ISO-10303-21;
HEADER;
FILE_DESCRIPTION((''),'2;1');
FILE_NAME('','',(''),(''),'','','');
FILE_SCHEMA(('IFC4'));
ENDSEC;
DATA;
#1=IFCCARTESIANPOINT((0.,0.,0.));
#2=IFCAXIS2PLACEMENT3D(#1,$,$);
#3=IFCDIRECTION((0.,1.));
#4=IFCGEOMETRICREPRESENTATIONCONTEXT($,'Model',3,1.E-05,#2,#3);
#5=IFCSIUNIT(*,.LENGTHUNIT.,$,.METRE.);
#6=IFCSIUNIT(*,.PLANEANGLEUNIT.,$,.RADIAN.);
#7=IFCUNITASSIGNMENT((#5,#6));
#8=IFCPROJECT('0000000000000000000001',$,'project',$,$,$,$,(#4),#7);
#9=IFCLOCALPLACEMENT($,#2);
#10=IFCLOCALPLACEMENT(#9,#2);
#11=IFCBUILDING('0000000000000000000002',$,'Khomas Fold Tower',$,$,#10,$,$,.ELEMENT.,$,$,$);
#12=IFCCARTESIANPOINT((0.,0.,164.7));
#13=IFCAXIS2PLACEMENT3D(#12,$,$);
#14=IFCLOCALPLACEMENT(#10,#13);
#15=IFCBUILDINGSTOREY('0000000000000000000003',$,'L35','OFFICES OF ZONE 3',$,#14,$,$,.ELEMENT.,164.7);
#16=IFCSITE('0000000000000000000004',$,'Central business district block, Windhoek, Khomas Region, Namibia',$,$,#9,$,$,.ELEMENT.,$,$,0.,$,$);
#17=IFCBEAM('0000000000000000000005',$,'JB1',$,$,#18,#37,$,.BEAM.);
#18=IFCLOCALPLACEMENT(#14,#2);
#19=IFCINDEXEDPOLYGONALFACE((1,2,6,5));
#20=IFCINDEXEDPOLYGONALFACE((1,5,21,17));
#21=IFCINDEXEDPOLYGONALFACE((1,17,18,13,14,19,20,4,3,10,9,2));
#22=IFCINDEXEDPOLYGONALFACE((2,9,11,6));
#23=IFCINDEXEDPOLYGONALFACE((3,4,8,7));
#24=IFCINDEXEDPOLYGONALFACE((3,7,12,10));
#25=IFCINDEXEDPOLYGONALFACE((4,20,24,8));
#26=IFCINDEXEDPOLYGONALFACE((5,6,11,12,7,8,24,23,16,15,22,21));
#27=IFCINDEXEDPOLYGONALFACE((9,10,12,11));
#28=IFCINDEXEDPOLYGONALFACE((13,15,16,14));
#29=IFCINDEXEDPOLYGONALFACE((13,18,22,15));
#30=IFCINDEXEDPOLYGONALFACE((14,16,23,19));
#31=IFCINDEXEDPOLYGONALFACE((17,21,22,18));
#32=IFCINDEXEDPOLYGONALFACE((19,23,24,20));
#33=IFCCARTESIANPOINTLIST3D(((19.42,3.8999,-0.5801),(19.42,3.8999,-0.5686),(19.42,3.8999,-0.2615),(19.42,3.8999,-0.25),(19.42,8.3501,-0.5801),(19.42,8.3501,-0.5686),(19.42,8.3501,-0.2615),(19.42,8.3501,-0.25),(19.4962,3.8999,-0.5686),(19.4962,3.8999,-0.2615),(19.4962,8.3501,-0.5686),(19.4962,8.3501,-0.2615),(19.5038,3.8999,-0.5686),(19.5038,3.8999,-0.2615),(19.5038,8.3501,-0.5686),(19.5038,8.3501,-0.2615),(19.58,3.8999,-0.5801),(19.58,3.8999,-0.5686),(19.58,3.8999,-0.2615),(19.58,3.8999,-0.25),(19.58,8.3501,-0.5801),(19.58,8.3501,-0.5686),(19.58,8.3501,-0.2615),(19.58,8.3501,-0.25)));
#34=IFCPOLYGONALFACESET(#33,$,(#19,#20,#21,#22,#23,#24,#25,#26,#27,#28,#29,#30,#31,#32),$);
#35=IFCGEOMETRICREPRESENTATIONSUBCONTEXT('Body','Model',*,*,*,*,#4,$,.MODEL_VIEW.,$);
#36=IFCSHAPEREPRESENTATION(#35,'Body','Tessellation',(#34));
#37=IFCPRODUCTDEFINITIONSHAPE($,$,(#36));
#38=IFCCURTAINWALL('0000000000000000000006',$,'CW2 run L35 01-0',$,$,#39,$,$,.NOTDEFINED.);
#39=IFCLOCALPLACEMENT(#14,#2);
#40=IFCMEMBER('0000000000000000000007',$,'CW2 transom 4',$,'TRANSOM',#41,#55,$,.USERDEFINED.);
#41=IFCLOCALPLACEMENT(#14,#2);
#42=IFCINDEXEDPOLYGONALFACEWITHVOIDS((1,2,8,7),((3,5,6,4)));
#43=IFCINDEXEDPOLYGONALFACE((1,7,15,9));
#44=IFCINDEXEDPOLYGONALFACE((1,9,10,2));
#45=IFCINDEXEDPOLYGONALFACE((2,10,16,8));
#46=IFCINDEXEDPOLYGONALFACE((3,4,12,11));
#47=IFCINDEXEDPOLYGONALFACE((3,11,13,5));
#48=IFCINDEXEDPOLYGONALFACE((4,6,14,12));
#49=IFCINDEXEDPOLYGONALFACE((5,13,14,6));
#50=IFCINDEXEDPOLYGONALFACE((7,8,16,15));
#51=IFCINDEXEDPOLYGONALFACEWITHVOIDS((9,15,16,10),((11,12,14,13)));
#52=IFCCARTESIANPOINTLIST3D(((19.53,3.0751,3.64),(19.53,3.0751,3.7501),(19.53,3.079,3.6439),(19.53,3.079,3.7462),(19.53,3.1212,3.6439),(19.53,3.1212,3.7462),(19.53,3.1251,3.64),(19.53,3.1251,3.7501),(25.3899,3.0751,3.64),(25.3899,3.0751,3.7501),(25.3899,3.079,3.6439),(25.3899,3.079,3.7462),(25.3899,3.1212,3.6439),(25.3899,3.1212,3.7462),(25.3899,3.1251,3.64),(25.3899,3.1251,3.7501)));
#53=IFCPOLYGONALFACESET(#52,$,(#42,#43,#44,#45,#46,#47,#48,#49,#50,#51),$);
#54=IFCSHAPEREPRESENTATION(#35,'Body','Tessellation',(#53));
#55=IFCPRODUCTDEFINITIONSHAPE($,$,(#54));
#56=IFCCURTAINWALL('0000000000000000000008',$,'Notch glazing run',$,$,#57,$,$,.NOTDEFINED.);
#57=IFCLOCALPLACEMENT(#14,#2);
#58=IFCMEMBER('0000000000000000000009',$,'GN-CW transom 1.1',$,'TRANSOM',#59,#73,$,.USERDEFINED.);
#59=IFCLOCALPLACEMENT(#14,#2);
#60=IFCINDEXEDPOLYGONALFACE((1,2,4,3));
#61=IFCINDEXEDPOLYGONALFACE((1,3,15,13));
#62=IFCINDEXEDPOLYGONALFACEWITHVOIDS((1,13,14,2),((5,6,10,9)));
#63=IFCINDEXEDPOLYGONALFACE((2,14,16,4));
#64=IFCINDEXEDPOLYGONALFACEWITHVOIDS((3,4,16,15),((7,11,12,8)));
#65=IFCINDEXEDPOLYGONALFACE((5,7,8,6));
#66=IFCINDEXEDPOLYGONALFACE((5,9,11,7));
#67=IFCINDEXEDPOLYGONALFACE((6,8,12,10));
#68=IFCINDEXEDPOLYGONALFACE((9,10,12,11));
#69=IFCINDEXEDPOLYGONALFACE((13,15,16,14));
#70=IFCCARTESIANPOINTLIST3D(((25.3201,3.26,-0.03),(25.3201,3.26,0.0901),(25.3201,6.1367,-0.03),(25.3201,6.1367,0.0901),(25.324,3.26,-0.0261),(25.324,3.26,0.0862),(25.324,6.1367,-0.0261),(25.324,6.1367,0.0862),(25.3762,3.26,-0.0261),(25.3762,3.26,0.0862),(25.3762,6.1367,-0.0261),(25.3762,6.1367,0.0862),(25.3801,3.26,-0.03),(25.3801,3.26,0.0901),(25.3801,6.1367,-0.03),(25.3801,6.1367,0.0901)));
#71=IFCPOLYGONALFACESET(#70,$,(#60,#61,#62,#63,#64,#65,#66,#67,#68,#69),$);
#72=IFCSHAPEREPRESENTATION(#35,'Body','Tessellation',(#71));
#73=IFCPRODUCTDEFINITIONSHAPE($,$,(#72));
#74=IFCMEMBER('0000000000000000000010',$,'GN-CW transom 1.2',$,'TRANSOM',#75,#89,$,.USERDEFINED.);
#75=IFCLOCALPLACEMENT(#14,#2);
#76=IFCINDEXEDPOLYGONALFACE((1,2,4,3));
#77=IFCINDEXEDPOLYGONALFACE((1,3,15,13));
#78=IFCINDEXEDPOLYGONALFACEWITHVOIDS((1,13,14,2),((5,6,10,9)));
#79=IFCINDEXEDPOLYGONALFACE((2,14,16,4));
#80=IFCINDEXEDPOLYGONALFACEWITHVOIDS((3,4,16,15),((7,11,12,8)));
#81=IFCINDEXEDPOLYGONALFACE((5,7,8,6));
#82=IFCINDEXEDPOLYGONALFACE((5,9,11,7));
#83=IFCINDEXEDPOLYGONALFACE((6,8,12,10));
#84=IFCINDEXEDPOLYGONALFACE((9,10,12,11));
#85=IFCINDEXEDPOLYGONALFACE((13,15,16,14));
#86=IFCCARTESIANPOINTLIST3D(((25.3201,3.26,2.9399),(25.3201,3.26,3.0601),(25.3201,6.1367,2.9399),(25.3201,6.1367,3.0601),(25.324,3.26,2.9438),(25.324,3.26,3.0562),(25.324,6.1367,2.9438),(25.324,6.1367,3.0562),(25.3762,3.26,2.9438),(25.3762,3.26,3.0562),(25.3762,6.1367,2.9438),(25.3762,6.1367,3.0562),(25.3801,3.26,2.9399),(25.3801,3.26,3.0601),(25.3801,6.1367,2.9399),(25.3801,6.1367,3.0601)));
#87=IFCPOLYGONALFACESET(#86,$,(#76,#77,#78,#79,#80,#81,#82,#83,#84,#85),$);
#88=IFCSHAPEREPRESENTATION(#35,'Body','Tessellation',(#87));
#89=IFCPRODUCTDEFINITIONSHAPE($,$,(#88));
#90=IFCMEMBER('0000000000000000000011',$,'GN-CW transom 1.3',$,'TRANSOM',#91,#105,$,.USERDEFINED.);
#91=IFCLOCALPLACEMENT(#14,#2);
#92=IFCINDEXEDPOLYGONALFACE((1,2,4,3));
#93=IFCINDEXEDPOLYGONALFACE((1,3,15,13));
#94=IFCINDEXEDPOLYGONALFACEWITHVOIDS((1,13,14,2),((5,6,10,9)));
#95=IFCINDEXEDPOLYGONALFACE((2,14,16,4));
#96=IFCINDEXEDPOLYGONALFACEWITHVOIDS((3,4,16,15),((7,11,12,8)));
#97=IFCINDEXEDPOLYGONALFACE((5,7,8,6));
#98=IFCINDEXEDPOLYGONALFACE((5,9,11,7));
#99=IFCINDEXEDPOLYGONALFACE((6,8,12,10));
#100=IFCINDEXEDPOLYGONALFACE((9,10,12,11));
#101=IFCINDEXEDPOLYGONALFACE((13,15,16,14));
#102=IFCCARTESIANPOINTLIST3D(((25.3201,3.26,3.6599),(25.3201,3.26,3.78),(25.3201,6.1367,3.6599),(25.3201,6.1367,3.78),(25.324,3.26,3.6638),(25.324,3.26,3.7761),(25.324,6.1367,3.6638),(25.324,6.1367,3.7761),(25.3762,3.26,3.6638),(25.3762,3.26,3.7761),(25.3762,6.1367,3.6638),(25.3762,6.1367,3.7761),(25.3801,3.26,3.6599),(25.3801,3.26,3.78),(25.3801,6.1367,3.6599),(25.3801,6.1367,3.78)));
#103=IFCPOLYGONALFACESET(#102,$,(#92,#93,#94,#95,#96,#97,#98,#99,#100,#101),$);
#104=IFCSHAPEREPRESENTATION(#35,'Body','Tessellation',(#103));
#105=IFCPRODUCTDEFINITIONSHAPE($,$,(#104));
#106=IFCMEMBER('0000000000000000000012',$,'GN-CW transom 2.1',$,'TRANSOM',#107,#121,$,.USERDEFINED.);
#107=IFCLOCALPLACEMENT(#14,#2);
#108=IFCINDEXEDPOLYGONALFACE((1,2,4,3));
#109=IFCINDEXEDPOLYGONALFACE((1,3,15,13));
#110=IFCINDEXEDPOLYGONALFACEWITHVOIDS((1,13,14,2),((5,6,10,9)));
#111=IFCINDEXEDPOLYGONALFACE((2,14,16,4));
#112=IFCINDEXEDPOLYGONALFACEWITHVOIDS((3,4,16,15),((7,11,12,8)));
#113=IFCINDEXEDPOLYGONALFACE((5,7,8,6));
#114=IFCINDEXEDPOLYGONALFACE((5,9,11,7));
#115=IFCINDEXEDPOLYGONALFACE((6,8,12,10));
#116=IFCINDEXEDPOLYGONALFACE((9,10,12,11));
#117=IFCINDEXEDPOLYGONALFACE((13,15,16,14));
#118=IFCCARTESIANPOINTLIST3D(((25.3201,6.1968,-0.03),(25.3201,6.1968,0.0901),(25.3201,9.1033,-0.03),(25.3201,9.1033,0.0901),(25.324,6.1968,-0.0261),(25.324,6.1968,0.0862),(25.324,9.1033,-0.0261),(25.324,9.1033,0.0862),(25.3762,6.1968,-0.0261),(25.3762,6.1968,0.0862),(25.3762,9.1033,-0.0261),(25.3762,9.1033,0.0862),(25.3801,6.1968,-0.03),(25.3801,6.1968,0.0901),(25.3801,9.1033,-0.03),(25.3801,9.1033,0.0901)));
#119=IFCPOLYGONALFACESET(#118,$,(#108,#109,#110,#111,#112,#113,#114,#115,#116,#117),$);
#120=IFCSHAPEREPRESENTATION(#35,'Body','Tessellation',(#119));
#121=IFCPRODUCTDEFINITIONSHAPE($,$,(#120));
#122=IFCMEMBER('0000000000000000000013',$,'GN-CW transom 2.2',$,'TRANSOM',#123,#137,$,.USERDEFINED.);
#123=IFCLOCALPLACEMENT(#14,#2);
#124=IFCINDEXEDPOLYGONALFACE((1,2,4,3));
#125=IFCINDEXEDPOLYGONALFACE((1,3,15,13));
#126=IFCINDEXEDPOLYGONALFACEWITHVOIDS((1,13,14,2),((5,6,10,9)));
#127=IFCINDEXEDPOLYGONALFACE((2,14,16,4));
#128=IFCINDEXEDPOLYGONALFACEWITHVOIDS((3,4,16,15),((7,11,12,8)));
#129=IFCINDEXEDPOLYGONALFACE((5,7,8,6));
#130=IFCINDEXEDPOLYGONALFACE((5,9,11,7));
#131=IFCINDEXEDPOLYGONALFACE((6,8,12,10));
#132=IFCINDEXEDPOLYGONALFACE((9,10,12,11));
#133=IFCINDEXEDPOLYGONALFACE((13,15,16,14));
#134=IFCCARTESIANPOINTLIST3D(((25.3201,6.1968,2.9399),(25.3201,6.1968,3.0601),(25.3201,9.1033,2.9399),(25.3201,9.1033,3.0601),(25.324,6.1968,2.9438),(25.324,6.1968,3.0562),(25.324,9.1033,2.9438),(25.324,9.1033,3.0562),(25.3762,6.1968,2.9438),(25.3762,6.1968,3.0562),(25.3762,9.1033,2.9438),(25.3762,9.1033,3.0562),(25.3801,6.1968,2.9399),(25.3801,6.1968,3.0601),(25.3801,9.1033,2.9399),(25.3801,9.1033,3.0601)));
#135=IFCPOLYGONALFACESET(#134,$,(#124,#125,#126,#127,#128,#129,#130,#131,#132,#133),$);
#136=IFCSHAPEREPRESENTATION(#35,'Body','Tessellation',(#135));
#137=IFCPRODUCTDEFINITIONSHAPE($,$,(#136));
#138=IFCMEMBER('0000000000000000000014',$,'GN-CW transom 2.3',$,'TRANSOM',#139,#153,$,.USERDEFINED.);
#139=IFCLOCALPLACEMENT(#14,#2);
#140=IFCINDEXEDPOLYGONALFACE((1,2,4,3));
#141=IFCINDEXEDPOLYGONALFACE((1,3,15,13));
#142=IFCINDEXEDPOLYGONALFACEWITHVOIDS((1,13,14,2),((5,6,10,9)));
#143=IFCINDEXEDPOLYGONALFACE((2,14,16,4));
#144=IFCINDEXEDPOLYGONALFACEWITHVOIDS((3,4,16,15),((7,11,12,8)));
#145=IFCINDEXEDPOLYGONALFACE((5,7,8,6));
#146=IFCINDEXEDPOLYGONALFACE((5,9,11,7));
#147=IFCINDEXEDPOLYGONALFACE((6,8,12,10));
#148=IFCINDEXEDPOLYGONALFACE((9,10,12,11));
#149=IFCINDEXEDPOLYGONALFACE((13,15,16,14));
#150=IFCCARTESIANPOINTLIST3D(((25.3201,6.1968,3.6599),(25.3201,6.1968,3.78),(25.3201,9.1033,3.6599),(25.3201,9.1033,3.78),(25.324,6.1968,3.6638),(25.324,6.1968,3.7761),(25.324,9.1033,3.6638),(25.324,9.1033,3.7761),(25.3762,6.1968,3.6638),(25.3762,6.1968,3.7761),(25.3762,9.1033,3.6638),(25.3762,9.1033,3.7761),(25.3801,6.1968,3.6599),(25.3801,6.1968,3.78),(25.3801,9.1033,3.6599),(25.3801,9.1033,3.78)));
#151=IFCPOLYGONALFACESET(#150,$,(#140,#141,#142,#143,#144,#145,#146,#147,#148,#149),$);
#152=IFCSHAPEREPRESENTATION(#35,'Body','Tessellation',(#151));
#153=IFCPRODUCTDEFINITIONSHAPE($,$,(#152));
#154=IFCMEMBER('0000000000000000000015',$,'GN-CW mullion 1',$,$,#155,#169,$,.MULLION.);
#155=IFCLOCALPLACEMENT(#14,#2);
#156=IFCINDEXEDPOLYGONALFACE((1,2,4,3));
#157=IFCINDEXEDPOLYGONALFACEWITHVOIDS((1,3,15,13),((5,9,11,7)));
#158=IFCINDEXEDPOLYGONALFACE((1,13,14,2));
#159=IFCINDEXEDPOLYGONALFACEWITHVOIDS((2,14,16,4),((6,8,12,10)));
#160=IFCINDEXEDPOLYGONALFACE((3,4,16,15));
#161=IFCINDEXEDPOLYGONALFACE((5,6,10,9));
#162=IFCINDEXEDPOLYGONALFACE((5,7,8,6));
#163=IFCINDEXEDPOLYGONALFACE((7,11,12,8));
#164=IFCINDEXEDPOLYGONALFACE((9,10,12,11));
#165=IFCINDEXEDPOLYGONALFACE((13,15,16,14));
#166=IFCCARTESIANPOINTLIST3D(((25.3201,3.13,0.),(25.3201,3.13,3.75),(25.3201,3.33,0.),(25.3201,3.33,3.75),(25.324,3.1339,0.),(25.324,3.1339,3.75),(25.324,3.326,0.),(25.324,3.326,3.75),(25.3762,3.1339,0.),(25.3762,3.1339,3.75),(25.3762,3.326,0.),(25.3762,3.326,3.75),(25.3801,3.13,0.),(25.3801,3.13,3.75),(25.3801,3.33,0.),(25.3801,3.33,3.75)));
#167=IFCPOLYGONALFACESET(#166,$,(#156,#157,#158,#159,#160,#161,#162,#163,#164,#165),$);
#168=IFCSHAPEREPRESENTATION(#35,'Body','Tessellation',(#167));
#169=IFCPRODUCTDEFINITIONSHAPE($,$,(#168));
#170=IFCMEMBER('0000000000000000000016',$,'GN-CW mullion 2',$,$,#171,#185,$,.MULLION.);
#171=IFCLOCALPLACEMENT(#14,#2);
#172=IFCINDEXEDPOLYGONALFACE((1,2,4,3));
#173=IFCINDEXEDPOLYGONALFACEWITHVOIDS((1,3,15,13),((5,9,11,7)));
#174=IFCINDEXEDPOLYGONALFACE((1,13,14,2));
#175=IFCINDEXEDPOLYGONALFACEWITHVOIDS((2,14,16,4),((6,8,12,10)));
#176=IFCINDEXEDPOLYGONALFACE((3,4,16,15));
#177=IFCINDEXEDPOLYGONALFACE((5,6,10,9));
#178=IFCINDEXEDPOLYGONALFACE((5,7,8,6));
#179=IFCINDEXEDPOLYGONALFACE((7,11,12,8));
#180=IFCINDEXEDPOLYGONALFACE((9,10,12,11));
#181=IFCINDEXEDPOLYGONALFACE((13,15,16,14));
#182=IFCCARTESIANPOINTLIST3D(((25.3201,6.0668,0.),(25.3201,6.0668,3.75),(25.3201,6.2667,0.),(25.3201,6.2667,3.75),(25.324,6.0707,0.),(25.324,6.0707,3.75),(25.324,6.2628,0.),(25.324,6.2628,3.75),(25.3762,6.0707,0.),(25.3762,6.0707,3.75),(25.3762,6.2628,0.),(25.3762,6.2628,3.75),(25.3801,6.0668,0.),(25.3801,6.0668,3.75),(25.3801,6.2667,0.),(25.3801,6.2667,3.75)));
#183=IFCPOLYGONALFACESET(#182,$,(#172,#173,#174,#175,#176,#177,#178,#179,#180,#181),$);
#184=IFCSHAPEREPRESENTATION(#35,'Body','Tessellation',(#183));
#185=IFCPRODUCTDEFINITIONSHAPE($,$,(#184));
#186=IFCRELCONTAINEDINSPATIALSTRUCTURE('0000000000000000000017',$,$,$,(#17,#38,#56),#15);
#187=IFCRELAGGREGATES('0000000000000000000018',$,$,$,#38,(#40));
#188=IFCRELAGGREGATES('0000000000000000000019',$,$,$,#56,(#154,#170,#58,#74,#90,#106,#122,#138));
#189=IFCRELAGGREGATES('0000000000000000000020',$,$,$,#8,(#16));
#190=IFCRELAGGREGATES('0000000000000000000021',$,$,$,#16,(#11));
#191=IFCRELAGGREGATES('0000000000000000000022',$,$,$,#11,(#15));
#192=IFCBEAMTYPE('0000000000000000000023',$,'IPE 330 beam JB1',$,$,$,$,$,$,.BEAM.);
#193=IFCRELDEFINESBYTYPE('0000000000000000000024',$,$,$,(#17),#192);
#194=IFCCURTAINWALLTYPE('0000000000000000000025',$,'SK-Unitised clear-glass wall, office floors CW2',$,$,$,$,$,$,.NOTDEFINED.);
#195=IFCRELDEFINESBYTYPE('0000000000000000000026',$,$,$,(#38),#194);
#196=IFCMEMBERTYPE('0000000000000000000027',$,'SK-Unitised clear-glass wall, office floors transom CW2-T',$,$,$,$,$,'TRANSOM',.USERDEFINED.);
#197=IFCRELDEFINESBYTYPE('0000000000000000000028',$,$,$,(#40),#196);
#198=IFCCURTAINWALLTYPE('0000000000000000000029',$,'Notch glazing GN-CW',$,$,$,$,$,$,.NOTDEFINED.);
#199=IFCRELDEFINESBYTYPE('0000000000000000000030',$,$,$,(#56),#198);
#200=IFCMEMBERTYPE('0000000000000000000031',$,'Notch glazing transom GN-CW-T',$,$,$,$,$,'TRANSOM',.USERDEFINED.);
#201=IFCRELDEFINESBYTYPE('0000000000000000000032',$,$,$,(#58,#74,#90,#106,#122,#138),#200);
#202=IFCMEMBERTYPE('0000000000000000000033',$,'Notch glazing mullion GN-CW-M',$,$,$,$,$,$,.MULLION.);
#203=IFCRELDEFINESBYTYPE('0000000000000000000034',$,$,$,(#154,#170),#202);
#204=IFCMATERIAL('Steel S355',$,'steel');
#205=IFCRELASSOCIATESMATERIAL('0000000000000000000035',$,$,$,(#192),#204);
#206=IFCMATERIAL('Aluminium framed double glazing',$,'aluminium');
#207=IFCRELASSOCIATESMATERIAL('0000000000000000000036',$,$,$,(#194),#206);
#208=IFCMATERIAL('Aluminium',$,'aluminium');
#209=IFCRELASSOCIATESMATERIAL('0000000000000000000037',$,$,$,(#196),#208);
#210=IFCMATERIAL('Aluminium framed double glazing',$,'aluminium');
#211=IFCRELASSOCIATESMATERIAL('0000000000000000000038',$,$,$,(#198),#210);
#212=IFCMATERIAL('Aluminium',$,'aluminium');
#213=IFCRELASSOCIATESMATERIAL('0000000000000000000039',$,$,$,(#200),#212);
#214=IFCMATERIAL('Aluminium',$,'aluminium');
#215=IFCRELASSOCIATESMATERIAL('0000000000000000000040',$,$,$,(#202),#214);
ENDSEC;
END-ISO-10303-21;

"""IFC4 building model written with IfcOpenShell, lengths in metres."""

from ifc_helpers import new_model, si_unit, direction, frame, origin, origin_2d, place, context, subcontext, project, spatial, hollow_rectangle, i_section, extrude, source, transform, mapped, material, material_profile, profile_set, type_object, element, aggregate, save


model = new_model("IFC4")

# Units and contexts
model_context = context("Model", 3, precision=1e-05, world=origin(), true_north=direction((0.0, 1.0)))
body_context = subcontext(model_context, "Body", "Model", "MODEL_VIEW")
ifc_project = project(units=[si_unit("LENGTHUNIT", "METRE"), si_unit("PLANEANGLEUNIT", "RADIAN")], contexts=[model_context])

# Site, building, storey
site_placement = place(None, origin())
site = spatial("IfcSite", under=ifc_project, at=site_placement, Name="Central business district block, Windhoek, Khomas Region, Namibia", CompositionType="ELEMENT", RefElevation=0.0)
building_placement = place(site_placement, origin())
building = spatial("IfcBuilding", under=site, at=building_placement, Name="Khomas Fold Tower", CompositionType="ELEMENT")
storey_placement = place(building_placement, frame((0.0, 0.0, 164.7)))
storey = spatial("IfcBuildingStorey", under=building, at=storey_placement, Name="L35", Description="OFFICES OF ZONE 3", CompositionType="ELEMENT", Elevation=164.7)

# Beam
ifc_material_1 = material(Name="Steel S355", Category="steel")
ifc_material_profile_1 = material_profile(ifc_material_1, i_section(OverallWidth=0.1599, OverallDepth=0.3301, WebThickness=0.0076, FlangeThickness=0.0115, at=origin_2d()), Name="IPE 330")
ifc_profile_set_1 = profile_set([ifc_material_profile_1], Name="Steel S355")
beam_type = type_object("IfcBeamType", Name="IPE 330 beam JB1", PredefinedType="BEAM", material=ifc_profile_set_1)
shared_shape_1 = source(origin(), body_context, "Body", "SweptSolid", [
    extrude(i_section(OverallWidth=0.1599, OverallDepth=0.3301, WebThickness=0.0076, FlangeThickness=0.0115, at=origin_2d()), origin(), (0.0, 0.0, 1.0), 4.4502),
])
beam_placement = place(storey_placement, frame((19.5, 3.8999, -0.415), z_axis=(0.0, 1.0, 0.0), x_axis=(-1.0, 0.0, 0.0)))
element("IfcBeam", 1, at=beam_placement, inside=storey, type_object=beam_type, Name="JB1", PredefinedType="BEAM", context=body_context, shape_type="MappedRepresentation", body=[
    mapped(shared_shape_1, transform((0.0, 0.0, 0.0))),
])

# Curtain wall, member
ifc_material_2 = material(Name="Aluminium framed double glazing", Category="aluminium")
curtain_wall_type_1 = type_object("IfcCurtainWallType", Name="SK-Unitised clear-glass wall, office floors CW2", PredefinedType="NOTDEFINED", material=ifc_material_2)
curtain_wall_1_placement = place(storey_placement, origin())
curtain_wall_1 = element("IfcCurtainWall", 2, at=curtain_wall_1_placement, inside=storey, type_object=curtain_wall_type_1, Name="CW2 run L35 01-0", PredefinedType="NOTDEFINED")
ifc_material_3 = material(Name="Aluminium", Category="aluminium")
ifc_material_profile_2 = material_profile(ifc_material_3, hollow_rectangle(XDim=0.05, YDim=0.1101, WallThickness=0.0039, at=origin_2d()), Name="SK-Unitised clear-glass wall, office floors transom CW2-T")
ifc_profile_set_2 = profile_set([ifc_material_profile_2], Name="Aluminium")
member_type_1 = type_object("IfcMemberType", Name="SK-Unitised clear-glass wall, office floors transom CW2-T", ElementType="TRANSOM", PredefinedType="USERDEFINED", material=ifc_profile_set_2)
shared_shape_2 = source(origin(), body_context, "Body", "SweptSolid", [
    extrude(hollow_rectangle(XDim=0.05, YDim=0.1101, WallThickness=0.0039, at=origin_2d()), origin(), (0.0, 0.0, 1.0), 5.8599),
])
member_1_placement = place(storey_placement, frame((19.53, 3.1001, 3.6951), z_axis=(1.0, 0.0, 0.0), x_axis=(0.0, 1.0, 0.0)))
member_1 = element("IfcMember", 3, at=member_1_placement, type_object=member_type_1, Name="CW2 transom 4", ObjectType="TRANSOM", PredefinedType="USERDEFINED", context=body_context, shape_type="MappedRepresentation", body=[
    mapped(shared_shape_2, transform((0.0, 0.0, 0.0))),
])

# Curtain wall, members
ifc_material_4 = material(Name="Aluminium framed double glazing", Category="aluminium")
curtain_wall_type_2 = type_object("IfcCurtainWallType", Name="Notch glazing GN-CW", PredefinedType="NOTDEFINED", material=ifc_material_4)
curtain_wall_2_placement = place(storey_placement, origin())
curtain_wall_2 = element("IfcCurtainWall", 4, at=curtain_wall_2_placement, inside=storey, type_object=curtain_wall_type_2, Name="Notch glazing run", PredefinedType="NOTDEFINED")
ifc_material_5 = material(Name="Aluminium", Category="aluminium")
ifc_material_profile_3 = material_profile(ifc_material_5, hollow_rectangle(XDim=0.0601, YDim=0.1201, WallThickness=0.0039, at=origin_2d()), Name="Notch glazing transom GN-CW-T")
ifc_profile_set_3 = profile_set([ifc_material_profile_3], Name="Aluminium")
member_type_2 = type_object("IfcMemberType", Name="Notch glazing transom GN-CW-T", ElementType="TRANSOM", PredefinedType="USERDEFINED", material=ifc_profile_set_3)
shared_shape_3 = source(origin(), body_context, "Body", "SweptSolid", [
    extrude(hollow_rectangle(XDim=0.0601, YDim=0.1201, WallThickness=0.0039, at=origin_2d()), origin(), (0.0, 0.0, 1.0), 2.8767),
])
member_2_placement = place(storey_placement, frame((25.3501, 3.26, 0.03), z_axis=(0.0, 1.0, 0.0), x_axis=(-1.0, 0.0, 0.0)))
member_2 = element("IfcMember", 5, at=member_2_placement, type_object=member_type_2, Name="GN-CW transom 1.1", ObjectType="TRANSOM", PredefinedType="USERDEFINED", context=body_context, shape_type="MappedRepresentation", body=[
    mapped(shared_shape_3, transform((0.0, 0.0, 0.0))),
])
member_3_placement = place(storey_placement, frame((25.3501, 3.26, 3.0), z_axis=(0.0, 1.0, 0.0), x_axis=(-1.0, 0.0, 0.0)))
member_3 = element("IfcMember", 6, at=member_3_placement, type_object=member_type_2, Name="GN-CW transom 1.2", ObjectType="TRANSOM", PredefinedType="USERDEFINED", context=body_context, shape_type="MappedRepresentation", body=[
    mapped(shared_shape_3, transform((0.0, 0.0, 0.0))),
])
member_4_placement = place(storey_placement, frame((25.3501, 3.26, 3.72), z_axis=(0.0, 1.0, 0.0), x_axis=(-1.0, 0.0, 0.0)))
member_4 = element("IfcMember", 7, at=member_4_placement, type_object=member_type_2, Name="GN-CW transom 1.3", ObjectType="TRANSOM", PredefinedType="USERDEFINED", context=body_context, shape_type="MappedRepresentation", body=[
    mapped(shared_shape_3, transform((0.0, 0.0, 0.0))),
])
shared_shape_4 = source(origin(), body_context, "Body", "SweptSolid", [
    extrude(hollow_rectangle(XDim=0.0601, YDim=0.1201, WallThickness=0.0039, at=origin_2d()), origin(), (0.0, 0.0, 1.0), 2.9065),
])
member_5_placement = place(storey_placement, frame((25.3501, 6.1968, 0.03), z_axis=(0.0, 1.0, 0.0), x_axis=(-1.0, 0.0, 0.0)))
member_5 = element("IfcMember", 8, at=member_5_placement, type_object=member_type_2, Name="GN-CW transom 2.1", ObjectType="TRANSOM", PredefinedType="USERDEFINED", context=body_context, shape_type="MappedRepresentation", body=[
    mapped(shared_shape_4, transform((0.0, 0.0, 0.0))),
])
member_6_placement = place(storey_placement, frame((25.3501, 6.1968, 3.0), z_axis=(0.0, 1.0, 0.0), x_axis=(-1.0, 0.0, 0.0)))
member_6 = element("IfcMember", 9, at=member_6_placement, type_object=member_type_2, Name="GN-CW transom 2.2", ObjectType="TRANSOM", PredefinedType="USERDEFINED", context=body_context, shape_type="MappedRepresentation", body=[
    mapped(shared_shape_4, transform((0.0, 0.0, 0.0))),
])
member_7_placement = place(storey_placement, frame((25.3501, 6.1968, 3.72), z_axis=(0.0, 1.0, 0.0), x_axis=(-1.0, 0.0, 0.0)))
member_7 = element("IfcMember", 10, at=member_7_placement, type_object=member_type_2, Name="GN-CW transom 2.3", ObjectType="TRANSOM", PredefinedType="USERDEFINED", context=body_context, shape_type="MappedRepresentation", body=[
    mapped(shared_shape_4, transform((0.0, 0.0, 0.0))),
])
ifc_material_6 = material(Name="Aluminium", Category="aluminium")
ifc_material_profile_4 = material_profile(ifc_material_6, hollow_rectangle(XDim=0.0601, YDim=0.2, WallThickness=0.0039, at=origin_2d()), Name="Notch glazing mullion GN-CW-M")
ifc_profile_set_4 = profile_set([ifc_material_profile_4], Name="Aluminium")
member_type_3 = type_object("IfcMemberType", Name="Notch glazing mullion GN-CW-M", PredefinedType="MULLION", material=ifc_profile_set_4)
shared_shape_5 = source(origin(), body_context, "Body", "SweptSolid", [
    extrude(hollow_rectangle(XDim=0.0601, YDim=0.2, WallThickness=0.0039, at=origin_2d()), origin(), (0.0, 0.0, 1.0), 3.75),
])
member_8_placement = place(storey_placement, frame((25.3501, 3.23, 0.0), z_axis=(0.0, 0.0, 1.0), x_axis=(-1.0, 0.0, 0.0)))
member_8 = element("IfcMember", 11, at=member_8_placement, type_object=member_type_3, Name="GN-CW mullion 1", PredefinedType="MULLION", context=body_context, shape_type="MappedRepresentation", body=[
    mapped(shared_shape_5, transform((0.0, 0.0, 0.0))),
])
member_9_placement = place(storey_placement, frame((25.3501, 6.1667, 0.0), z_axis=(0.0, 0.0, 1.0), x_axis=(-1.0, 0.0, 0.0)))
member_9 = element("IfcMember", 12, at=member_9_placement, type_object=member_type_3, Name="GN-CW mullion 2", PredefinedType="MULLION", context=body_context, shape_type="MappedRepresentation", body=[
    mapped(shared_shape_5, transform((0.0, 0.0, 0.0))),
])

aggregate(curtain_wall_1, [member_1])
aggregate(curtain_wall_2, [member_8, member_9, member_2, member_3, member_4, member_5, member_6, member_7])

save(model, "model.ifc")
